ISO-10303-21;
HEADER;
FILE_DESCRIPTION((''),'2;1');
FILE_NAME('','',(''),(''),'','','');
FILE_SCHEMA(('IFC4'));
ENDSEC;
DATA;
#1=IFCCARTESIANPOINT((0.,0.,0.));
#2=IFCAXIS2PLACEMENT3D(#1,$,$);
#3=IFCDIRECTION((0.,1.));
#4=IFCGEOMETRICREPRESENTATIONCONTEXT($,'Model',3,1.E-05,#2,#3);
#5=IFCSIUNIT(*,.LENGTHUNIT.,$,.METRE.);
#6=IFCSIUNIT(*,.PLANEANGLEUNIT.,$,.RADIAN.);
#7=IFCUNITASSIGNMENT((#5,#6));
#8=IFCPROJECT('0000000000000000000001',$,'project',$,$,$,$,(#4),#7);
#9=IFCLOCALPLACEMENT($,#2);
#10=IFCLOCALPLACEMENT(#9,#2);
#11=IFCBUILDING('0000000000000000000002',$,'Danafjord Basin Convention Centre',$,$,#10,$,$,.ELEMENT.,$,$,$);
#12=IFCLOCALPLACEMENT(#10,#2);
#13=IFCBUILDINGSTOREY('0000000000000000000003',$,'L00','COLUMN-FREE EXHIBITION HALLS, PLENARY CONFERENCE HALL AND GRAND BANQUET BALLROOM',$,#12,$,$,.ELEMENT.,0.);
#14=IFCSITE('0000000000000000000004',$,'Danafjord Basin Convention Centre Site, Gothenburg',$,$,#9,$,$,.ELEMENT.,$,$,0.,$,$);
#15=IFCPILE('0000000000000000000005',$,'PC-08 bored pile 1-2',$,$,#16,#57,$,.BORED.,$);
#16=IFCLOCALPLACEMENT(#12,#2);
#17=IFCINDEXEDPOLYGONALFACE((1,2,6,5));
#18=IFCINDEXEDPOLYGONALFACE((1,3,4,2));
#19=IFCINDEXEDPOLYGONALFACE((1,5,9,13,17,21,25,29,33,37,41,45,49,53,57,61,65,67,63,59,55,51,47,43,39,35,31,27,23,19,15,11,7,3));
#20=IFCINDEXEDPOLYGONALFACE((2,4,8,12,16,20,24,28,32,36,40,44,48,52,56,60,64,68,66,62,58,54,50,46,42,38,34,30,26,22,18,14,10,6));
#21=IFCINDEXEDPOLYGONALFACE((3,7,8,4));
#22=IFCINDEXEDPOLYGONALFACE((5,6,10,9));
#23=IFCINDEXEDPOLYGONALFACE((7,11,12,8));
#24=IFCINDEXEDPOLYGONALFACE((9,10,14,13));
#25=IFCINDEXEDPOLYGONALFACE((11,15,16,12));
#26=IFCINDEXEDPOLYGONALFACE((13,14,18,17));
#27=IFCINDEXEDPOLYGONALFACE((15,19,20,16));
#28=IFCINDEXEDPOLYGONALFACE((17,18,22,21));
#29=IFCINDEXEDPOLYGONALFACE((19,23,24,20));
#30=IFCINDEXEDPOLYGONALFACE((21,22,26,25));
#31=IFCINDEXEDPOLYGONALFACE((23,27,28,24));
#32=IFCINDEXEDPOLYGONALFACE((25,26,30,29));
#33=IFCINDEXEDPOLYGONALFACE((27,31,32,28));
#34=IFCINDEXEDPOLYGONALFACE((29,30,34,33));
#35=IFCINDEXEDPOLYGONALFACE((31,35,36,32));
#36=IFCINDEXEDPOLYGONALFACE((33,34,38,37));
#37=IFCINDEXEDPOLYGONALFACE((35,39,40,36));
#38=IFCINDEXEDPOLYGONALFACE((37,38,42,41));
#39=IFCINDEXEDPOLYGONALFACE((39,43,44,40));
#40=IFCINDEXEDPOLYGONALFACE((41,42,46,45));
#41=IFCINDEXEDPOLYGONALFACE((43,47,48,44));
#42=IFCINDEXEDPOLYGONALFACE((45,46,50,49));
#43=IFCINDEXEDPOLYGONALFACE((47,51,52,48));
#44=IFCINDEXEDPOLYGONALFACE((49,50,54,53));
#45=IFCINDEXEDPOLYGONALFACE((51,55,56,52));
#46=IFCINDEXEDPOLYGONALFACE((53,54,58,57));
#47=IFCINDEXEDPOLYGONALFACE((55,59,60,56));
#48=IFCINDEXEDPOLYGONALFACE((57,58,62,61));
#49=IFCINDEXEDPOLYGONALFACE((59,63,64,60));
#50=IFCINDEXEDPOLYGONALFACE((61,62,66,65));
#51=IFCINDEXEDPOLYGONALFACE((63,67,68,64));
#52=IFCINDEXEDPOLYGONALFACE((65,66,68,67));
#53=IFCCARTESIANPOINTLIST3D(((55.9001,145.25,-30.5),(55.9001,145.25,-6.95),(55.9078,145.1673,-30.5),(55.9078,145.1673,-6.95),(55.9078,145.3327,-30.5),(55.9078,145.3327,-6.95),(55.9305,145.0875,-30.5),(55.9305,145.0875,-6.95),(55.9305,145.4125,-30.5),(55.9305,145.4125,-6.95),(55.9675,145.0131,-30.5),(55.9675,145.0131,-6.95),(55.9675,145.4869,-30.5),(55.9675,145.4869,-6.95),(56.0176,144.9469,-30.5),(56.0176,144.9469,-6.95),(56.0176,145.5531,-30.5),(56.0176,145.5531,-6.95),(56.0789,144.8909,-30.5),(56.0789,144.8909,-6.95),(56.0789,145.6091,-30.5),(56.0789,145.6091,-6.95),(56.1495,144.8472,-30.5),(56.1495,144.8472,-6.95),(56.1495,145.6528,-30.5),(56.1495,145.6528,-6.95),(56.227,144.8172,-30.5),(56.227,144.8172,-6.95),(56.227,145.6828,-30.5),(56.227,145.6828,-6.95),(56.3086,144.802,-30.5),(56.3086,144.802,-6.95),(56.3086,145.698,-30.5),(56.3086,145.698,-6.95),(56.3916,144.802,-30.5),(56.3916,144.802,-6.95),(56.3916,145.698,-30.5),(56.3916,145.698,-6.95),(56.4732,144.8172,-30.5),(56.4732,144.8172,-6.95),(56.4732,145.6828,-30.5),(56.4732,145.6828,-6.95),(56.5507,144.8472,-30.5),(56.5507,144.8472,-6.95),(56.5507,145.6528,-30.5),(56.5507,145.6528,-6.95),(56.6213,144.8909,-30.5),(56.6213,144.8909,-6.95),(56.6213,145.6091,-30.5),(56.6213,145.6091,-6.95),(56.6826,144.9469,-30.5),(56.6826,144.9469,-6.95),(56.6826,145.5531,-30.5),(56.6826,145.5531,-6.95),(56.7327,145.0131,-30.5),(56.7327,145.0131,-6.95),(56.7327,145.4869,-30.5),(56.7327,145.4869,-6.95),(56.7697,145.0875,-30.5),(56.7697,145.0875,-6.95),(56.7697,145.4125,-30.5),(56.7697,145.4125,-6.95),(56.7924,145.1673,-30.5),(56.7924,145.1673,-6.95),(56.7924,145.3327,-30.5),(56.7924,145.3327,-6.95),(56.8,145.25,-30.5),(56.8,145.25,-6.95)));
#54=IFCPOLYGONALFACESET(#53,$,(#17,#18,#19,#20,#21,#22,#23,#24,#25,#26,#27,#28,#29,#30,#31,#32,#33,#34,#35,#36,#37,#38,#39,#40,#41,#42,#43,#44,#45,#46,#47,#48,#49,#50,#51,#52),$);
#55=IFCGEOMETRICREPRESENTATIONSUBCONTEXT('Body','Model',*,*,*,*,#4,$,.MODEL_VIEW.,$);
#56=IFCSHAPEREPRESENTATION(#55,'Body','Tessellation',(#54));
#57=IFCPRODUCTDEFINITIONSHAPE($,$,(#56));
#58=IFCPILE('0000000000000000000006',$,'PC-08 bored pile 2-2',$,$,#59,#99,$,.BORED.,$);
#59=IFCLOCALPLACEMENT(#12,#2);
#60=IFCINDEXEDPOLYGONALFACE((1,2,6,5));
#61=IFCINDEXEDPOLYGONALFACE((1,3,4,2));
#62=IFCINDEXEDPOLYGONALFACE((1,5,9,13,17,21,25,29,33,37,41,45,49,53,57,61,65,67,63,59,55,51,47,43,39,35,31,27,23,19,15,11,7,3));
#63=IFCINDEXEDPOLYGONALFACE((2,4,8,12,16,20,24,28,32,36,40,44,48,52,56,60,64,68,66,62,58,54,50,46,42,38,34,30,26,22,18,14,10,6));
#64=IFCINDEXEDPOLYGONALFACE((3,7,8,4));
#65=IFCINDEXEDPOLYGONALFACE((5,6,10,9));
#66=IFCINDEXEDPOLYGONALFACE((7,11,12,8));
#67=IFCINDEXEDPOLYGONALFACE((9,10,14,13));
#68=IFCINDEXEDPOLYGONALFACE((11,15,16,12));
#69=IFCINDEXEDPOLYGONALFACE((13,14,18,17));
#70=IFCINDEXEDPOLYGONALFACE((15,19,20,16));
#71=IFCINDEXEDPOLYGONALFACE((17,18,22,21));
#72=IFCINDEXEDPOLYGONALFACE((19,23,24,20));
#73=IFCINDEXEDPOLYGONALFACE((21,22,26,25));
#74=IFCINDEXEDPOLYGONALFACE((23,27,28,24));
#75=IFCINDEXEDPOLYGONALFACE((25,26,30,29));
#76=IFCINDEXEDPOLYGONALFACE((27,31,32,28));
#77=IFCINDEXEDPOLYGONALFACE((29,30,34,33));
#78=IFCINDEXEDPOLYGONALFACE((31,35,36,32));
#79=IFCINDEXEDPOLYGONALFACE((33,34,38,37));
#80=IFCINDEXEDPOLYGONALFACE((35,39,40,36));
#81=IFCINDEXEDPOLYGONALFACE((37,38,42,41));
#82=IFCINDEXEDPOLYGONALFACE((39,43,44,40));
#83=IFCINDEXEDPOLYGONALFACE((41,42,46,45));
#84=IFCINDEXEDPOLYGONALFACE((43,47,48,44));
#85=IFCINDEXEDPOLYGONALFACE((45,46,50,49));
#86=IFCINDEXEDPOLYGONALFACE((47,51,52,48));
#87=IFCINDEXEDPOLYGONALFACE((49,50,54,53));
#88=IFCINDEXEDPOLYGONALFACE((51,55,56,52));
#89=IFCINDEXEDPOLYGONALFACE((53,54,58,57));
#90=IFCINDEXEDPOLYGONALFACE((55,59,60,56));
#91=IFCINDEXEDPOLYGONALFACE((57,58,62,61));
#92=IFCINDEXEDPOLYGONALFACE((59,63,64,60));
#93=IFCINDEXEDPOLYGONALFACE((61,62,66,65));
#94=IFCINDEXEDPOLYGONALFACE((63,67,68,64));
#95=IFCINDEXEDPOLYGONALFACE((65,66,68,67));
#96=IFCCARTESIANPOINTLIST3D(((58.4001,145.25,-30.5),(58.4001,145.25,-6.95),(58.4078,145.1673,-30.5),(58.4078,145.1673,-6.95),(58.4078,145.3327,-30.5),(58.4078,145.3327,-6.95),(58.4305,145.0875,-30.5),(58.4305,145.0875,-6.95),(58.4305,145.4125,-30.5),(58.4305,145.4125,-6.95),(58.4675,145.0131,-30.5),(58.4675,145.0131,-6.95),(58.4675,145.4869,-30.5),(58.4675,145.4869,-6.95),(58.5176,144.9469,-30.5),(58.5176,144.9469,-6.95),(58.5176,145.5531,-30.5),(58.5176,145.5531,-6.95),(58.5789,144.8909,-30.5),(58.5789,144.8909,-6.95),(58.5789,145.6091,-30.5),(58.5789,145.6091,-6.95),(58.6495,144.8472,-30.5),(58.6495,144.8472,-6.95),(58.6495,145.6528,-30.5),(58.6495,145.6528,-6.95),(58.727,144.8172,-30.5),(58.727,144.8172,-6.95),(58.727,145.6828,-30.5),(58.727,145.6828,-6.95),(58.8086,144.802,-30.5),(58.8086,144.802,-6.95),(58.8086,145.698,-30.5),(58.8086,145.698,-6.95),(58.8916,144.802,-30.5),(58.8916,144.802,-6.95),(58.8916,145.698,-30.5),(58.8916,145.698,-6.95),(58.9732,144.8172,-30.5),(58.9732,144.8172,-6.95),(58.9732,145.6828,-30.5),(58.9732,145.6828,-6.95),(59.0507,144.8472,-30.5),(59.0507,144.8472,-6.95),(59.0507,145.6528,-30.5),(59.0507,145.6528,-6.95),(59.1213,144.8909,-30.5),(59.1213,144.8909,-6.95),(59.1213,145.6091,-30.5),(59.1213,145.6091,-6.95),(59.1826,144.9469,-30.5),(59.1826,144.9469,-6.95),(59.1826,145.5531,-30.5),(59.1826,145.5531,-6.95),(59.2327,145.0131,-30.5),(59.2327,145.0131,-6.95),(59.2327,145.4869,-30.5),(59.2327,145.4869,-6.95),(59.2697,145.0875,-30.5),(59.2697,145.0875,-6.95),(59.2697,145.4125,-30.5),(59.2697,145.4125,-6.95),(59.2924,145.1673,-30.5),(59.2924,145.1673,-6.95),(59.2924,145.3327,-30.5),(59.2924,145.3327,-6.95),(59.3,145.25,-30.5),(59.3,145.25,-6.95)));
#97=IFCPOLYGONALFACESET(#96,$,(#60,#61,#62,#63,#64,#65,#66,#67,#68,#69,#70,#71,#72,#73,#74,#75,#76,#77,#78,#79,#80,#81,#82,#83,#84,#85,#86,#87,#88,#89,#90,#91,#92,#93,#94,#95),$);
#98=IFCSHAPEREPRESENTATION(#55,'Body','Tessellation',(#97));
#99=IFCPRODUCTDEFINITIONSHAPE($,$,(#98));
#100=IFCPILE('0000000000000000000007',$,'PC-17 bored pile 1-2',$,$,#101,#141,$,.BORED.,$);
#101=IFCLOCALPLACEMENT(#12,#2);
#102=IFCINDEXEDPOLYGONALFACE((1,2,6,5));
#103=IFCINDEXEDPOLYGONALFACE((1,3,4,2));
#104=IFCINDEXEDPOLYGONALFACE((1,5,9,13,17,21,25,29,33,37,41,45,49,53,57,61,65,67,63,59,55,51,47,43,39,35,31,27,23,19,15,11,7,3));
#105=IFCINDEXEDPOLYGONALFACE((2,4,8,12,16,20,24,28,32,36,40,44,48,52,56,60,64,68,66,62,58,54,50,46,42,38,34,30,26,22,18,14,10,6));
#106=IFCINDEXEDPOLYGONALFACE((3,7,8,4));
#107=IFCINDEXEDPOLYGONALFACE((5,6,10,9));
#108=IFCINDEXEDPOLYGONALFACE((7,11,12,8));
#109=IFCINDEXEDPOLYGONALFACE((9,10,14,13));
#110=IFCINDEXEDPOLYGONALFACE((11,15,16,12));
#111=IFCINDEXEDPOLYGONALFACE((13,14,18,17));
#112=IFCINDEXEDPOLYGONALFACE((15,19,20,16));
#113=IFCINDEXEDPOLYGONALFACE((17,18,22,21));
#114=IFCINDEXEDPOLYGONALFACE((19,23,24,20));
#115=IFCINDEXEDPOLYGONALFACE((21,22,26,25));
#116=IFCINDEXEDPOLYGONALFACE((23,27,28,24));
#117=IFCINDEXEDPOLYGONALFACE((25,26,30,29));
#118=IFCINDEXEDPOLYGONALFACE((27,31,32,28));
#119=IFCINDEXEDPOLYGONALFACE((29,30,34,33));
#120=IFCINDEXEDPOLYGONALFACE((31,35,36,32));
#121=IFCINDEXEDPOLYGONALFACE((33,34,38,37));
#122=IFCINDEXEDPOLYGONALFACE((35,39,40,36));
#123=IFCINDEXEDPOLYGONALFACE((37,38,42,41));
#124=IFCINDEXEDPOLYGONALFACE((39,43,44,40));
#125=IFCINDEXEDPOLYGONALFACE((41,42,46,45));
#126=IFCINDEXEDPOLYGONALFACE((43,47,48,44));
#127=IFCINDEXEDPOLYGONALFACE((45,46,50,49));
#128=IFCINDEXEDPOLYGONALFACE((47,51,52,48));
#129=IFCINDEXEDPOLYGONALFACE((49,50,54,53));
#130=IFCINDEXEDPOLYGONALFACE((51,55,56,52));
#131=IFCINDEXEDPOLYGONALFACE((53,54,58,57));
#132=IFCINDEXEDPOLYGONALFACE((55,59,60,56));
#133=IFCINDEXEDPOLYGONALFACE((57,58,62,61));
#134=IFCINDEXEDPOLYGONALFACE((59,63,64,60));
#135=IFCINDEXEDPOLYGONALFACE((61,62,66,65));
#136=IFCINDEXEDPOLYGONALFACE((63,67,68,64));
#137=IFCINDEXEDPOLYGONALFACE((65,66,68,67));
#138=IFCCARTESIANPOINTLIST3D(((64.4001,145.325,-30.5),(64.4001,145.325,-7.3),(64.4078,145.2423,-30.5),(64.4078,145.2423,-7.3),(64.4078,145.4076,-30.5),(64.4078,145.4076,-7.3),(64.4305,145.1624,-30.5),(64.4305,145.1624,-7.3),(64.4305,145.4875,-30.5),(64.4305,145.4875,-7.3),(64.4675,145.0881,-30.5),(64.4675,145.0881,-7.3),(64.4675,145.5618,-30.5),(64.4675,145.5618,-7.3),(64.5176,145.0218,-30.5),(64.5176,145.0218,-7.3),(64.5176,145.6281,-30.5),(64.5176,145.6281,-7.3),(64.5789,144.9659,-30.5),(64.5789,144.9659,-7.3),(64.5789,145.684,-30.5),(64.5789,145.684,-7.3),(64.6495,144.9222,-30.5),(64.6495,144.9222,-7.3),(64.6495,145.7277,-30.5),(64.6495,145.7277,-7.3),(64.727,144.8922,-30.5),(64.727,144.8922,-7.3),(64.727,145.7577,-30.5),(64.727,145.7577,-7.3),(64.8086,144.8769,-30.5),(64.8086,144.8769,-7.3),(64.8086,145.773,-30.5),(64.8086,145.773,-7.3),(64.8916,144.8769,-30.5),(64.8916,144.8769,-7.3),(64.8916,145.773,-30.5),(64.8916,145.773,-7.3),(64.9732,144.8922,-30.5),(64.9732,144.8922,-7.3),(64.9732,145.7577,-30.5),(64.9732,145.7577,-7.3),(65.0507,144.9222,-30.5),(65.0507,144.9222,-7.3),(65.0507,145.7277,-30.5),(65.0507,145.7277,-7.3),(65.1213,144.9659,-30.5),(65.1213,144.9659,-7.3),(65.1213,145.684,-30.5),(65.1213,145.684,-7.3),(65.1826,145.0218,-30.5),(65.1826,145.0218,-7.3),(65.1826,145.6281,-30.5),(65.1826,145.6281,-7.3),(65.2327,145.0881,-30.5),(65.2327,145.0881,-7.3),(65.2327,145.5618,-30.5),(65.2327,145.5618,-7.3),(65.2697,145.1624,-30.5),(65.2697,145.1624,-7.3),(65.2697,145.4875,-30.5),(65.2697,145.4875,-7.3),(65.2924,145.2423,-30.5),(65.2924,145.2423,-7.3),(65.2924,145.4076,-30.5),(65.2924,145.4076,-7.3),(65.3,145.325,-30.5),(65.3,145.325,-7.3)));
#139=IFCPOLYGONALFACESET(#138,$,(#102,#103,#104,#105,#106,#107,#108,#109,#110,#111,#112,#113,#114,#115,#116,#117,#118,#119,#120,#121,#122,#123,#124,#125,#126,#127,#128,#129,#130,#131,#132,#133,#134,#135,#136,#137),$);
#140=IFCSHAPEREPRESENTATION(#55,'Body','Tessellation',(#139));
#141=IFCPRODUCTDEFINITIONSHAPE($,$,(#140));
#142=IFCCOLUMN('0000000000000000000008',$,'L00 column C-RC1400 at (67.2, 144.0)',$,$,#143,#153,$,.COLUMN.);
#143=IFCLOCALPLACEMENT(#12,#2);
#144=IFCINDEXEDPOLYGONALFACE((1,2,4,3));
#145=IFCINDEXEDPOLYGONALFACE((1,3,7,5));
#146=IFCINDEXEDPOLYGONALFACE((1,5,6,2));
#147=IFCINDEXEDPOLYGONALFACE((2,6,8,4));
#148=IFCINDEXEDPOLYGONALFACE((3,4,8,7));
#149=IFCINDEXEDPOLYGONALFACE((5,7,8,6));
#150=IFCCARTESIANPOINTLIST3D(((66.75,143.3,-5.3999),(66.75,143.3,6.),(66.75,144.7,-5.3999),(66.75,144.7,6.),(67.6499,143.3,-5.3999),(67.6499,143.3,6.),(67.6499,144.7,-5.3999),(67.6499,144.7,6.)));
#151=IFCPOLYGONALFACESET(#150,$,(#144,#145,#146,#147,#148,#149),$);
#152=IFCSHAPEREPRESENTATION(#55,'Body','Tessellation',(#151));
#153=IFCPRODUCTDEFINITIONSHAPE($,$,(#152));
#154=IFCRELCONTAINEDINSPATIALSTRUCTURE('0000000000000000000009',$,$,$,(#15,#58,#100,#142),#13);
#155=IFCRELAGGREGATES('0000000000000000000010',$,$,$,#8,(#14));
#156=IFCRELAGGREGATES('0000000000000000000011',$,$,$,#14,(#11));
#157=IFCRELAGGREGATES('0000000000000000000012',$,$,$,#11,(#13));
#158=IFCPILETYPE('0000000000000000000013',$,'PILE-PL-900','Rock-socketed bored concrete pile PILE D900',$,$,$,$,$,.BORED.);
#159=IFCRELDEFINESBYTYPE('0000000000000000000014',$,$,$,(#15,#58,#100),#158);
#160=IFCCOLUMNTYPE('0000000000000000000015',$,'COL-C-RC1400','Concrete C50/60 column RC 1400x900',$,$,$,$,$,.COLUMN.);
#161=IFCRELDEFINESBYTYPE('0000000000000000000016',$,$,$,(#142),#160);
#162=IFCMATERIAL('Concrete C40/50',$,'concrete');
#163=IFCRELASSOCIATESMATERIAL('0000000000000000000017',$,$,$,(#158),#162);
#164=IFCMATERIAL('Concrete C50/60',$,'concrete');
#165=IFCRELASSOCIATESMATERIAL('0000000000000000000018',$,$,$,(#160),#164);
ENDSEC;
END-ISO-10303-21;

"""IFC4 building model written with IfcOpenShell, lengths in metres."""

from ifc_helpers import new_model, si_unit, direction, frame, origin, origin_2d, place, context, subcontext, project, spatial, rectangle, circle, extrude, material, material_profile, profile_set, type_object, element, save


model = new_model("IFC4")

# Units and contexts
model_context = context("Model", 3, precision=1e-05, world=origin(), true_north=direction((0.0, 1.0)))
body_context = subcontext(model_context, "Body", "Model", "MODEL_VIEW")
ifc_project = project(units=[si_unit("LENGTHUNIT", "METRE"), si_unit("PLANEANGLEUNIT", "RADIAN")], contexts=[model_context])

# Site, building, storey
site_placement = place(None, origin())
site = spatial("IfcSite", under=ifc_project, at=site_placement, Name="Danafjord Basin Convention Centre Site, Gothenburg", CompositionType="ELEMENT", RefElevation=0.0)
building_placement = place(site_placement, origin())
building = spatial("IfcBuilding", under=site, at=building_placement, Name="Danafjord Basin Convention Centre", CompositionType="ELEMENT")
storey_placement = place(building_placement, origin())
storey = spatial("IfcBuildingStorey", under=building, at=storey_placement, Name="L00", Description="COLUMN-FREE EXHIBITION HALLS, PLENARY CONFERENCE HALL AND GRAND BANQUET BALLROOM", CompositionType="ELEMENT", Elevation=0.0)

# Shared definitions
ifc_material_1 = material(Name="Concrete C40/50", Category="concrete")

# Piles
ifc_material_profile_1 = material_profile(ifc_material_1, circle(Radius=0.45, at=origin_2d()), Name="PILE D900")
ifc_profile_set_1 = profile_set([ifc_material_profile_1], Name="Concrete C40/50")
pile_type_1 = type_object("IfcPileType", Name="PILE-PL-900", Description="Rock-socketed bored concrete pile PILE D900", PredefinedType="BORED", material=ifc_profile_set_1)
for number, where, z_axis, x_axis, name in (
    (1, (56.3501, 145.25, -6.95), (0.0, 0.0, -1.0), (1.0, 0.0, 0.0), "PC-08 bored pile 1-2"),
    (2, (58.8501, 145.25, -6.95), (0.0, 0.0, -1.0), (1.0, 0.0, 0.0), "PC-08 bored pile 2-2"),
):
    element("IfcPile", number, at=place(storey_placement, frame(where, z_axis=z_axis, x_axis=x_axis)), inside=storey, type_object=pile_type_1, Name=name, PredefinedType="BORED", context=body_context, shape_type="SweptSolid", body=[
        extrude(circle(Radius=0.45, at=origin_2d()), origin(), (0.0, 0.0, 1.0), 23.55),
    ])
pile_1_placement = place(storey_placement, frame((64.8501, 145.325, -7.3), z_axis=(0.0, 0.0, -1.0), x_axis=(1.0, 0.0, 0.0)))
element("IfcPile", 3, at=pile_1_placement, inside=storey, type_object=pile_type_1, Name="PC-17 bored pile 1-2", PredefinedType="BORED", context=body_context, shape_type="SweptSolid", body=[
    extrude(circle(Radius=0.45, at=origin_2d()), origin(), (0.0, 0.0, 1.0), 23.2),
])

# Column
ifc_material_2 = material(Name="Concrete C50/60", Category="concrete")
ifc_material_profile_2 = material_profile(ifc_material_2, rectangle(XDim=0.8999, YDim=1.3999, at=origin_2d()), Name="RC 1400x900")
ifc_profile_set_2 = profile_set([ifc_material_profile_2], Name="Concrete C50/60")
column_type_1 = type_object("IfcColumnType", Name="COL-C-RC1400", Description="Concrete C50/60 column RC 1400x900", PredefinedType="COLUMN", material=ifc_profile_set_2)
column_1_placement = place(storey_placement, frame((67.2, 144.0, -5.3999), z_axis=(0.0, 0.0, 1.0), x_axis=(1.0, 0.0, 0.0)))
element("IfcColumn", 4, at=column_1_placement, inside=storey, type_object=column_type_1, Name="L00 column C-RC1400 at (67.2, 144.0)", PredefinedType="COLUMN", context=body_context, shape_type="SweptSolid", body=[
    extrude(rectangle(XDim=0.8999, YDim=1.3999, at=origin_2d()), origin(), (0.0, 0.0, 1.0), 11.3999),
])

save(model, "model.ifc")
